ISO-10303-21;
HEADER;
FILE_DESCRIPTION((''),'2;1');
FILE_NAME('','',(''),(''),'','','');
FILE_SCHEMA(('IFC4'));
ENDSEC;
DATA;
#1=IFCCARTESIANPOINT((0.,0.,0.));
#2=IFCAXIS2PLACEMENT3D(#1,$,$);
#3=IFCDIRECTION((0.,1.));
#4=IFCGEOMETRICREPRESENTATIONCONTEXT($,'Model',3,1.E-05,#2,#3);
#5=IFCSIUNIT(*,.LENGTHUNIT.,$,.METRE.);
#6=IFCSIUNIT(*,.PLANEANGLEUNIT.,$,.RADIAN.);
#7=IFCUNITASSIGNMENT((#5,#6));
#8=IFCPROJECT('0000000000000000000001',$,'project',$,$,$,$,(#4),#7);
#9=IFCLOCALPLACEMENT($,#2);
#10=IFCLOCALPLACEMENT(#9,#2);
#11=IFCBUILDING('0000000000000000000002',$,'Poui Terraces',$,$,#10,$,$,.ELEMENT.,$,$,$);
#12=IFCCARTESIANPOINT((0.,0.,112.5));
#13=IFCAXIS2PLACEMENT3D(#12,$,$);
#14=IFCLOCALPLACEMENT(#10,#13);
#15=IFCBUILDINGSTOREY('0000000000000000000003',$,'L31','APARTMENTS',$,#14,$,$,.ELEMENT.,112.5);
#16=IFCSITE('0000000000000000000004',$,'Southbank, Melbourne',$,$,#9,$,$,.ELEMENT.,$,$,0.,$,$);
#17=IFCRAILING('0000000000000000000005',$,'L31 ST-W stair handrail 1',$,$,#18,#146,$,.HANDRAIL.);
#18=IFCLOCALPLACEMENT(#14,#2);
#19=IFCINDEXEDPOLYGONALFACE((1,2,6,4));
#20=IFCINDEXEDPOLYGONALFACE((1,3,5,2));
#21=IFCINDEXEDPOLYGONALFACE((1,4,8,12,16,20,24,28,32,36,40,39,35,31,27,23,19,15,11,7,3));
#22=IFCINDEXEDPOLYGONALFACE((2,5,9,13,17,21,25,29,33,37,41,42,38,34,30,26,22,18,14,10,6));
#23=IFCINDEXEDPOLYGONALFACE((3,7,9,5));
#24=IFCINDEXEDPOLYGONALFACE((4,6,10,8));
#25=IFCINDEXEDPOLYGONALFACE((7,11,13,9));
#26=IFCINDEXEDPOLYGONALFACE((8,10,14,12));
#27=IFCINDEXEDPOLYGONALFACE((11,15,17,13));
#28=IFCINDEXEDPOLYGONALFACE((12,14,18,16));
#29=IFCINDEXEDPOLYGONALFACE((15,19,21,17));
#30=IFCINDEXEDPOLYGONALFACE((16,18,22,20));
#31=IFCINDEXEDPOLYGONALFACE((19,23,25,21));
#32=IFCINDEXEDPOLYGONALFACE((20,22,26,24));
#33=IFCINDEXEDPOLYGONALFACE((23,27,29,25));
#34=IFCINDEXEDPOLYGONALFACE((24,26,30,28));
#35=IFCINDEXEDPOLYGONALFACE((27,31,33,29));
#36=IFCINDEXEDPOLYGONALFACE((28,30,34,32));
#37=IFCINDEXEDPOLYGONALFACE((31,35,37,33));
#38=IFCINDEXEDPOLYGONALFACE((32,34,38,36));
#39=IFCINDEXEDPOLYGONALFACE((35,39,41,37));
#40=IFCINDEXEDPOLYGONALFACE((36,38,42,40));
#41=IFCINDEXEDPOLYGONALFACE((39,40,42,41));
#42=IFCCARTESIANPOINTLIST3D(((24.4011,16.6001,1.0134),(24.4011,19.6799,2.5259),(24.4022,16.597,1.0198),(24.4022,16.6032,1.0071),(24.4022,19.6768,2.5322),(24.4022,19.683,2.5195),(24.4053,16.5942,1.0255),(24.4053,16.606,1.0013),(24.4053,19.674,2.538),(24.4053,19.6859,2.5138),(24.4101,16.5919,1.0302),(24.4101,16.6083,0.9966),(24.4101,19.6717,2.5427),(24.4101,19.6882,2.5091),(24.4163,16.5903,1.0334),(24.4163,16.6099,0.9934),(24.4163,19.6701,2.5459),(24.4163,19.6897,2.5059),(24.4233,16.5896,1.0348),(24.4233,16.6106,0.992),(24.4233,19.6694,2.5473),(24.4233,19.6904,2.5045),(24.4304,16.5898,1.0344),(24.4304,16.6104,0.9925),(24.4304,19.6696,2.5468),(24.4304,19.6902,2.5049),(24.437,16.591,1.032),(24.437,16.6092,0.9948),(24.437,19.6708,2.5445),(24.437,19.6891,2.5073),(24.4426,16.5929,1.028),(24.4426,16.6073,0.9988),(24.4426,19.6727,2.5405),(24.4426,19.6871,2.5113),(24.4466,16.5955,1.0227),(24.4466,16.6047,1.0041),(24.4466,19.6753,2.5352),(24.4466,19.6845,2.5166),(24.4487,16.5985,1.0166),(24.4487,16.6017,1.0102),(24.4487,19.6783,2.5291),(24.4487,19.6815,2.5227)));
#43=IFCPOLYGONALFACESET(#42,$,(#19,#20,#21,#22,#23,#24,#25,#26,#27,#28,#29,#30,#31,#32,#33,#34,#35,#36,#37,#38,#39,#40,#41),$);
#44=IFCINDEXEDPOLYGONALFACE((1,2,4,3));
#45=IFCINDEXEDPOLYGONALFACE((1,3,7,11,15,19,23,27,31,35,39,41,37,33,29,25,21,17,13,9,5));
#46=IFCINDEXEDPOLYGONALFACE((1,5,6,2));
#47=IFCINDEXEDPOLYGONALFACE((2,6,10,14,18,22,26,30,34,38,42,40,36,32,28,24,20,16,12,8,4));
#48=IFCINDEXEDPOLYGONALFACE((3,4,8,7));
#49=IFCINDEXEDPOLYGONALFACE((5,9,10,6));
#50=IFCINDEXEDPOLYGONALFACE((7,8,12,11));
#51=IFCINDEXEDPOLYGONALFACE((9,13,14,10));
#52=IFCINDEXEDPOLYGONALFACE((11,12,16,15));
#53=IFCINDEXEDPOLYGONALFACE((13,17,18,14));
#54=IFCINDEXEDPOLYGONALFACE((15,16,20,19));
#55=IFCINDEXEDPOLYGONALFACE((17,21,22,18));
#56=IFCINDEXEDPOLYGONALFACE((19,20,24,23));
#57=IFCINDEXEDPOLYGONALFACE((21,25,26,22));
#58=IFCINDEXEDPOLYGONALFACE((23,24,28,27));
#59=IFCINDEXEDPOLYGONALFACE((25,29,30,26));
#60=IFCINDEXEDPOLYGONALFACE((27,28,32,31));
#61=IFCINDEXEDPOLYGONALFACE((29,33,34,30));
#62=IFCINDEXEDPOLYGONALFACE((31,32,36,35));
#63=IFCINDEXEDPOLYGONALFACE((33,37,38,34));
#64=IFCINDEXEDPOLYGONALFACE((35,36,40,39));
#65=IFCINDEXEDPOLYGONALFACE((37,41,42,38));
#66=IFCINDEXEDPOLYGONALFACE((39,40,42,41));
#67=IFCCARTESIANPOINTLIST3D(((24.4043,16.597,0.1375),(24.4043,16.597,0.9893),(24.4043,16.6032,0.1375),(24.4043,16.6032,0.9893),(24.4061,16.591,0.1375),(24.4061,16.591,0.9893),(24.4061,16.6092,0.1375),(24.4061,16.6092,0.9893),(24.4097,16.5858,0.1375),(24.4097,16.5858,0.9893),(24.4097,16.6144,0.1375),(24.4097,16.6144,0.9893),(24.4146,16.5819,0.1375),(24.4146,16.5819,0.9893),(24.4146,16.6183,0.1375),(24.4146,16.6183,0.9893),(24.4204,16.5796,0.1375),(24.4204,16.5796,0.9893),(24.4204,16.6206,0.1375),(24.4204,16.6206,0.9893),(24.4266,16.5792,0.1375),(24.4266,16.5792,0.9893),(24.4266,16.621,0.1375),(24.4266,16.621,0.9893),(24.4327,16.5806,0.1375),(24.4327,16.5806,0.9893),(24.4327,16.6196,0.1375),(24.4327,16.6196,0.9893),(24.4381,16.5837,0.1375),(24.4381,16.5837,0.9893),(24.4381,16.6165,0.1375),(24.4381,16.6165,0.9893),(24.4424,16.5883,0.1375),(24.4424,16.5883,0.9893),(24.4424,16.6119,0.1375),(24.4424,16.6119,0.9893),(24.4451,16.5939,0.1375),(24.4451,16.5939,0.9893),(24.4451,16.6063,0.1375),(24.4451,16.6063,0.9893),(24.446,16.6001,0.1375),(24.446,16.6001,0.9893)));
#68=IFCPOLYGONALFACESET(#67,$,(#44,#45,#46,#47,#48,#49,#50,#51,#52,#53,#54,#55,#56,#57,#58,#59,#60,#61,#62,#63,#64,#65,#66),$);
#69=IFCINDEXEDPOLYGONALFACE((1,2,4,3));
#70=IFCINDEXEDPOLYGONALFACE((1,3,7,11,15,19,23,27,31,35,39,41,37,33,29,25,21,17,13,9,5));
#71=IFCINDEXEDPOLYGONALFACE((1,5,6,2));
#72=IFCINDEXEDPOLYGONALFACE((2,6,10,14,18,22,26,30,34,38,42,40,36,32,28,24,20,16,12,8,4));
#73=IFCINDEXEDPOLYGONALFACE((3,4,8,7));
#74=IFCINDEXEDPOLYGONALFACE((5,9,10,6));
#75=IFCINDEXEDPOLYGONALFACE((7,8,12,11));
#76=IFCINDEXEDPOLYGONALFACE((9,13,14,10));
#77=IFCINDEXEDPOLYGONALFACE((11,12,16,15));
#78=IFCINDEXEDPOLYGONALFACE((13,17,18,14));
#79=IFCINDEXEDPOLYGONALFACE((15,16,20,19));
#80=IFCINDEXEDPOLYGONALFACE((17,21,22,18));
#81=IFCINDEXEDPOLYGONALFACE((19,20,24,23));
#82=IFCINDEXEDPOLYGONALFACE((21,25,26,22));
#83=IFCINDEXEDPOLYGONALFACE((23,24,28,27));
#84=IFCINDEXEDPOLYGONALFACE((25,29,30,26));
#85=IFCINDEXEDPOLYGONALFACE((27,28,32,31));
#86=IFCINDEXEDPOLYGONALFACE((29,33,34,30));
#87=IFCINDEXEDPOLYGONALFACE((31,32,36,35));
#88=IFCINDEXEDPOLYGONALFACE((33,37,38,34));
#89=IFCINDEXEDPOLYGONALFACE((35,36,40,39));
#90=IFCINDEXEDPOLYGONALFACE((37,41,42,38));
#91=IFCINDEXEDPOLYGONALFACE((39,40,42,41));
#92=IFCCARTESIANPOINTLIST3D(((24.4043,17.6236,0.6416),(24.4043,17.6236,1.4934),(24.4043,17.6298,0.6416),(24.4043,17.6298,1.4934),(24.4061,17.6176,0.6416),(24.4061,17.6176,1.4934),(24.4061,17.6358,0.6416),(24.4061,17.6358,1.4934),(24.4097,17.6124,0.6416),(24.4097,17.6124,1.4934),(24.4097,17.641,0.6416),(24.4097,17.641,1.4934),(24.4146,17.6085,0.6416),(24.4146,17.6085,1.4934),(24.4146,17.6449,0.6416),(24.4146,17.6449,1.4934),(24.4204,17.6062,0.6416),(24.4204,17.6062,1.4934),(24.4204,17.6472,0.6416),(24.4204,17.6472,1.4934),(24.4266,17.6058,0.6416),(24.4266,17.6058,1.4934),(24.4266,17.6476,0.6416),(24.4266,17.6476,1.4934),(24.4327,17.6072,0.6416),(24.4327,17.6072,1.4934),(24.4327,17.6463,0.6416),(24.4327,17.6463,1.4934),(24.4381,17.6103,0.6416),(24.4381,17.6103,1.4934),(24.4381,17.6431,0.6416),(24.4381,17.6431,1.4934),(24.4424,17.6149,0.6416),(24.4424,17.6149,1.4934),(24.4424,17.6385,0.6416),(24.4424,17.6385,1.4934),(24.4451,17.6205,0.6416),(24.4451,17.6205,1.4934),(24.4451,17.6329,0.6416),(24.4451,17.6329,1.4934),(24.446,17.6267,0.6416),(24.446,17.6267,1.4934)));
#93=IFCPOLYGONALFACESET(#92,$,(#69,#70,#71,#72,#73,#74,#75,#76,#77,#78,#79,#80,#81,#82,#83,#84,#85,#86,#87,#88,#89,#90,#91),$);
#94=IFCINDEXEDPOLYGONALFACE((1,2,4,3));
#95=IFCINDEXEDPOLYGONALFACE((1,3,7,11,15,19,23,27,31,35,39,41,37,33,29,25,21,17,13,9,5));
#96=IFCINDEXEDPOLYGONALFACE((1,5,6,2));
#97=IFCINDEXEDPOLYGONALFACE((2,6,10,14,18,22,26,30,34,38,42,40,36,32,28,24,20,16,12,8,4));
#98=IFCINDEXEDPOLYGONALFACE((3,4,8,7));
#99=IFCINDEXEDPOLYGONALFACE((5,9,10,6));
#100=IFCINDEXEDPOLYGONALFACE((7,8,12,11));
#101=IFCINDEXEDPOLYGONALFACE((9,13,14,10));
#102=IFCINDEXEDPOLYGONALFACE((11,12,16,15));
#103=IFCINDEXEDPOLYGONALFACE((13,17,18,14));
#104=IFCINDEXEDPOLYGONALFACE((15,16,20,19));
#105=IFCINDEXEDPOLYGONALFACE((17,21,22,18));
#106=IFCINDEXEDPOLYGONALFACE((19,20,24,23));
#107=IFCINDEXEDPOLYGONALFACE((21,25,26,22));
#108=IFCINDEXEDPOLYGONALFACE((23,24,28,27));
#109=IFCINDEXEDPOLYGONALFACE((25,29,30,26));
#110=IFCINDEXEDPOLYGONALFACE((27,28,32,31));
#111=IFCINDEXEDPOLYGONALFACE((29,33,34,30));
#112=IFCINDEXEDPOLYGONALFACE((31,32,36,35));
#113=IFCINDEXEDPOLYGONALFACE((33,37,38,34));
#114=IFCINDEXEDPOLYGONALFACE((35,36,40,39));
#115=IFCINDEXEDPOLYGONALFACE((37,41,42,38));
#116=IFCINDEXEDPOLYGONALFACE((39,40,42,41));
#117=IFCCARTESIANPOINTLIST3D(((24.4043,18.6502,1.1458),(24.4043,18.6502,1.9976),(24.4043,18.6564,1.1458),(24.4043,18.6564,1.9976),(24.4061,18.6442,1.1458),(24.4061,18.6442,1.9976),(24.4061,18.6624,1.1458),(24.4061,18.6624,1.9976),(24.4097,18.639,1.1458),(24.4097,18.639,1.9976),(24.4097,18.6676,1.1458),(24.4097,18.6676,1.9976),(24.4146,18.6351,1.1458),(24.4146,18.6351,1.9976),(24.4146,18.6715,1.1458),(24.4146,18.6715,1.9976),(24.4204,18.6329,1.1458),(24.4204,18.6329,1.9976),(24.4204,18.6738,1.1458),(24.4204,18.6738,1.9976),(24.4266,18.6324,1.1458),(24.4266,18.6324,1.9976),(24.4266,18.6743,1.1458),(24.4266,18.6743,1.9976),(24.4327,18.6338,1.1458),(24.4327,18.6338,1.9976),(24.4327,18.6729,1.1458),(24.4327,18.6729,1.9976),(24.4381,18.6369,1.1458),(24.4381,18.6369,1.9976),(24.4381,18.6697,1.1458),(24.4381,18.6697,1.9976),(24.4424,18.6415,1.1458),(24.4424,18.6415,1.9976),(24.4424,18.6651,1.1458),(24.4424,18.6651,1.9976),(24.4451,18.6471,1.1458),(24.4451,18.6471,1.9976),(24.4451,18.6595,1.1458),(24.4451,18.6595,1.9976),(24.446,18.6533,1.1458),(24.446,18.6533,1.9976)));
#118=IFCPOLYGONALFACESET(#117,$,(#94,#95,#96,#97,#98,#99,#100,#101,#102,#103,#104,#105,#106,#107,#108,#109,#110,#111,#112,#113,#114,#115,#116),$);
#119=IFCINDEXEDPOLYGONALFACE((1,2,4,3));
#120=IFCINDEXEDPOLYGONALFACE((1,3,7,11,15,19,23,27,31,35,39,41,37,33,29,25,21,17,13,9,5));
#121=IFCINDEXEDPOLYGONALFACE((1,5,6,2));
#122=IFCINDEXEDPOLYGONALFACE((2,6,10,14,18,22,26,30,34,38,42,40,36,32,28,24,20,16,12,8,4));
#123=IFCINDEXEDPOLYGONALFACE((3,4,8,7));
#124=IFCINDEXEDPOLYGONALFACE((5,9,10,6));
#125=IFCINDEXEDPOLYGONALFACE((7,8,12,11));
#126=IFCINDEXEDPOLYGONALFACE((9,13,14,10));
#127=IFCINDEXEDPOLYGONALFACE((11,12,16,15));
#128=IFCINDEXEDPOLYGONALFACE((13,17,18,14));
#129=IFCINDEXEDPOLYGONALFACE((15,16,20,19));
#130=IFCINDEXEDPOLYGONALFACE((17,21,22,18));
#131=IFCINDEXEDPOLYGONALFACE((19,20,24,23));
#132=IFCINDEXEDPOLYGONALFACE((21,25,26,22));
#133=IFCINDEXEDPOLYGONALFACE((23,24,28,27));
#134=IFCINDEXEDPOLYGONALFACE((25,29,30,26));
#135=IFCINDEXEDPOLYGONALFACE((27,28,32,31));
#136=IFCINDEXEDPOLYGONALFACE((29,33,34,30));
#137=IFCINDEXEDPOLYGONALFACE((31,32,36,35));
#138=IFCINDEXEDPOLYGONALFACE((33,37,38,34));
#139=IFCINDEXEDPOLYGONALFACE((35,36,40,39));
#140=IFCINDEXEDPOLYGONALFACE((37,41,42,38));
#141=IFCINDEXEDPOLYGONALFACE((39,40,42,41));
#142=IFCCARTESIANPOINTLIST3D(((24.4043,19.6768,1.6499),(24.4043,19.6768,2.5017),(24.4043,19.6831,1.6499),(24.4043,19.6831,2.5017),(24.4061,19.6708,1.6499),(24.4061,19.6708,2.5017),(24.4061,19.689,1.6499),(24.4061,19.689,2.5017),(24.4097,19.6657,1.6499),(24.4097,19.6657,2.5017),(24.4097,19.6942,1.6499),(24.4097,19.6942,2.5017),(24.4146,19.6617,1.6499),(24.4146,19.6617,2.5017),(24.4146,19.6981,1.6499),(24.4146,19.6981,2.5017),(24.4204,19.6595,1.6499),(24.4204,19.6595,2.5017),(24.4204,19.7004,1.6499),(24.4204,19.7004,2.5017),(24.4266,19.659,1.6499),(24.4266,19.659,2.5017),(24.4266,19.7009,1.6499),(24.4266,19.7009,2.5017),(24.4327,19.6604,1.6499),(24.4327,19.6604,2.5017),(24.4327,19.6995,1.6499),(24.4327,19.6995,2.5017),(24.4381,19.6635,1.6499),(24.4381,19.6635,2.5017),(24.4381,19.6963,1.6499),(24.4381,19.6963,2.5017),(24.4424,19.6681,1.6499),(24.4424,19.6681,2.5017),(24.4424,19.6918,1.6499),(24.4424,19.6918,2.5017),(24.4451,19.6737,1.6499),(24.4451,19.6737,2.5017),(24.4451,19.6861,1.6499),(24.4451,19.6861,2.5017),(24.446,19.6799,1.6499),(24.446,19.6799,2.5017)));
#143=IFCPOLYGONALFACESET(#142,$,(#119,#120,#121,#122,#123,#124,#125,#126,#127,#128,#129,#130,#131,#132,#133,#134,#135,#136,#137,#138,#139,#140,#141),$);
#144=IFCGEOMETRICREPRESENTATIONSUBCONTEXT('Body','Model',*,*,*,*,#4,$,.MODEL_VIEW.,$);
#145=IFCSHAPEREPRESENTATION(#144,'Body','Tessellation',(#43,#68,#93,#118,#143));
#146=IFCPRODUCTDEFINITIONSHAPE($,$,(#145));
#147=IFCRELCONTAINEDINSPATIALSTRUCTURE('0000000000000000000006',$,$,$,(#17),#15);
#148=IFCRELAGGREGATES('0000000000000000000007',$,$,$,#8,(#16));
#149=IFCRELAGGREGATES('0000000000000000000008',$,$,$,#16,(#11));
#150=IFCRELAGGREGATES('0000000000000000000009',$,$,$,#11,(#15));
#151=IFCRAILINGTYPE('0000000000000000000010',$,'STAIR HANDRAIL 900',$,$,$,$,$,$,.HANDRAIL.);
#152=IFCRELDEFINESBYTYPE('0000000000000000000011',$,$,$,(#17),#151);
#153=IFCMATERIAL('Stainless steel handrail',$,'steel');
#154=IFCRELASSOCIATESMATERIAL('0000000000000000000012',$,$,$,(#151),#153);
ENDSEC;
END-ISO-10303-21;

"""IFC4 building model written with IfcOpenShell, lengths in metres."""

from ifc_helpers import new_model, si_unit, direction, frame, origin, origin_2d, place, context, subcontext, project, spatial, circle, extrude, material, type_object, element, save


model = new_model("IFC4")

# Units and contexts
model_context = context("Model", 3, precision=1e-05, world=origin(), true_north=direction((0.0, 1.0)))
body_context = subcontext(model_context, "Body", "Model", "MODEL_VIEW")
ifc_project = project(units=[si_unit("LENGTHUNIT", "METRE"), si_unit("PLANEANGLEUNIT", "RADIAN")], contexts=[model_context])

# Site, building, storey
site_placement = place(None, origin())
site = spatial("IfcSite", under=ifc_project, at=site_placement, Name="Southbank, Melbourne", CompositionType="ELEMENT", RefElevation=0.0)
building_placement = place(site_placement, origin())
building = spatial("IfcBuilding", under=site, at=building_placement, Name="Poui Terraces", CompositionType="ELEMENT")
storey_placement = place(building_placement, frame((0.0, 0.0, 112.5)))
storey = spatial("IfcBuildingStorey", under=building, at=storey_placement, Name="L31", Description="APARTMENTS", CompositionType="ELEMENT", Elevation=112.5)

# Railing
ifc_material_1 = material(Name="Stainless steel handrail", Category="steel")
railing_type_1 = type_object("IfcRailingType", Name="STAIR HANDRAIL 900", PredefinedType="HANDRAIL", material=ifc_material_1)
railing_1_placement = place(storey_placement, frame((24.425, 16.6001, 0.1375)))
element("IfcRailing", 1, at=railing_1_placement, inside=storey, type_object=railing_type_1, Name="L31 ST-W stair handrail 1", PredefinedType="HANDRAIL", context=body_context, shape_type="SweptSolid", body=[
    extrude(circle(Radius=0.0239, at=origin_2d()), frame((0.0, 0.0, 0.876), z_axis=(0.0, 0.897606, 0.440798), x_axis=(-1.0, 0.0, 0.0)), (0.0, 0.0, 1.0), 3.4312),
    extrude(circle(Radius=0.021, at=origin_2d()), origin(), (0.0, 0.0, 1.0), 0.8518),
    extrude(circle(Radius=0.021, at=origin_2d()), frame((0.0, 1.0266, 0.5042)), (0.0, 0.0, 1.0), 0.8518),
    extrude(circle(Radius=0.021, at=origin_2d()), frame((0.0, 2.0532, 1.0083)), (0.0, 0.0, 1.0), 0.8518),
    extrude(circle(Radius=0.021, at=origin_2d()), frame((0.0, 3.0798, 1.5125)), (0.0, 0.0, 1.0), 0.8518),
])

save(model, "model.ifc")
